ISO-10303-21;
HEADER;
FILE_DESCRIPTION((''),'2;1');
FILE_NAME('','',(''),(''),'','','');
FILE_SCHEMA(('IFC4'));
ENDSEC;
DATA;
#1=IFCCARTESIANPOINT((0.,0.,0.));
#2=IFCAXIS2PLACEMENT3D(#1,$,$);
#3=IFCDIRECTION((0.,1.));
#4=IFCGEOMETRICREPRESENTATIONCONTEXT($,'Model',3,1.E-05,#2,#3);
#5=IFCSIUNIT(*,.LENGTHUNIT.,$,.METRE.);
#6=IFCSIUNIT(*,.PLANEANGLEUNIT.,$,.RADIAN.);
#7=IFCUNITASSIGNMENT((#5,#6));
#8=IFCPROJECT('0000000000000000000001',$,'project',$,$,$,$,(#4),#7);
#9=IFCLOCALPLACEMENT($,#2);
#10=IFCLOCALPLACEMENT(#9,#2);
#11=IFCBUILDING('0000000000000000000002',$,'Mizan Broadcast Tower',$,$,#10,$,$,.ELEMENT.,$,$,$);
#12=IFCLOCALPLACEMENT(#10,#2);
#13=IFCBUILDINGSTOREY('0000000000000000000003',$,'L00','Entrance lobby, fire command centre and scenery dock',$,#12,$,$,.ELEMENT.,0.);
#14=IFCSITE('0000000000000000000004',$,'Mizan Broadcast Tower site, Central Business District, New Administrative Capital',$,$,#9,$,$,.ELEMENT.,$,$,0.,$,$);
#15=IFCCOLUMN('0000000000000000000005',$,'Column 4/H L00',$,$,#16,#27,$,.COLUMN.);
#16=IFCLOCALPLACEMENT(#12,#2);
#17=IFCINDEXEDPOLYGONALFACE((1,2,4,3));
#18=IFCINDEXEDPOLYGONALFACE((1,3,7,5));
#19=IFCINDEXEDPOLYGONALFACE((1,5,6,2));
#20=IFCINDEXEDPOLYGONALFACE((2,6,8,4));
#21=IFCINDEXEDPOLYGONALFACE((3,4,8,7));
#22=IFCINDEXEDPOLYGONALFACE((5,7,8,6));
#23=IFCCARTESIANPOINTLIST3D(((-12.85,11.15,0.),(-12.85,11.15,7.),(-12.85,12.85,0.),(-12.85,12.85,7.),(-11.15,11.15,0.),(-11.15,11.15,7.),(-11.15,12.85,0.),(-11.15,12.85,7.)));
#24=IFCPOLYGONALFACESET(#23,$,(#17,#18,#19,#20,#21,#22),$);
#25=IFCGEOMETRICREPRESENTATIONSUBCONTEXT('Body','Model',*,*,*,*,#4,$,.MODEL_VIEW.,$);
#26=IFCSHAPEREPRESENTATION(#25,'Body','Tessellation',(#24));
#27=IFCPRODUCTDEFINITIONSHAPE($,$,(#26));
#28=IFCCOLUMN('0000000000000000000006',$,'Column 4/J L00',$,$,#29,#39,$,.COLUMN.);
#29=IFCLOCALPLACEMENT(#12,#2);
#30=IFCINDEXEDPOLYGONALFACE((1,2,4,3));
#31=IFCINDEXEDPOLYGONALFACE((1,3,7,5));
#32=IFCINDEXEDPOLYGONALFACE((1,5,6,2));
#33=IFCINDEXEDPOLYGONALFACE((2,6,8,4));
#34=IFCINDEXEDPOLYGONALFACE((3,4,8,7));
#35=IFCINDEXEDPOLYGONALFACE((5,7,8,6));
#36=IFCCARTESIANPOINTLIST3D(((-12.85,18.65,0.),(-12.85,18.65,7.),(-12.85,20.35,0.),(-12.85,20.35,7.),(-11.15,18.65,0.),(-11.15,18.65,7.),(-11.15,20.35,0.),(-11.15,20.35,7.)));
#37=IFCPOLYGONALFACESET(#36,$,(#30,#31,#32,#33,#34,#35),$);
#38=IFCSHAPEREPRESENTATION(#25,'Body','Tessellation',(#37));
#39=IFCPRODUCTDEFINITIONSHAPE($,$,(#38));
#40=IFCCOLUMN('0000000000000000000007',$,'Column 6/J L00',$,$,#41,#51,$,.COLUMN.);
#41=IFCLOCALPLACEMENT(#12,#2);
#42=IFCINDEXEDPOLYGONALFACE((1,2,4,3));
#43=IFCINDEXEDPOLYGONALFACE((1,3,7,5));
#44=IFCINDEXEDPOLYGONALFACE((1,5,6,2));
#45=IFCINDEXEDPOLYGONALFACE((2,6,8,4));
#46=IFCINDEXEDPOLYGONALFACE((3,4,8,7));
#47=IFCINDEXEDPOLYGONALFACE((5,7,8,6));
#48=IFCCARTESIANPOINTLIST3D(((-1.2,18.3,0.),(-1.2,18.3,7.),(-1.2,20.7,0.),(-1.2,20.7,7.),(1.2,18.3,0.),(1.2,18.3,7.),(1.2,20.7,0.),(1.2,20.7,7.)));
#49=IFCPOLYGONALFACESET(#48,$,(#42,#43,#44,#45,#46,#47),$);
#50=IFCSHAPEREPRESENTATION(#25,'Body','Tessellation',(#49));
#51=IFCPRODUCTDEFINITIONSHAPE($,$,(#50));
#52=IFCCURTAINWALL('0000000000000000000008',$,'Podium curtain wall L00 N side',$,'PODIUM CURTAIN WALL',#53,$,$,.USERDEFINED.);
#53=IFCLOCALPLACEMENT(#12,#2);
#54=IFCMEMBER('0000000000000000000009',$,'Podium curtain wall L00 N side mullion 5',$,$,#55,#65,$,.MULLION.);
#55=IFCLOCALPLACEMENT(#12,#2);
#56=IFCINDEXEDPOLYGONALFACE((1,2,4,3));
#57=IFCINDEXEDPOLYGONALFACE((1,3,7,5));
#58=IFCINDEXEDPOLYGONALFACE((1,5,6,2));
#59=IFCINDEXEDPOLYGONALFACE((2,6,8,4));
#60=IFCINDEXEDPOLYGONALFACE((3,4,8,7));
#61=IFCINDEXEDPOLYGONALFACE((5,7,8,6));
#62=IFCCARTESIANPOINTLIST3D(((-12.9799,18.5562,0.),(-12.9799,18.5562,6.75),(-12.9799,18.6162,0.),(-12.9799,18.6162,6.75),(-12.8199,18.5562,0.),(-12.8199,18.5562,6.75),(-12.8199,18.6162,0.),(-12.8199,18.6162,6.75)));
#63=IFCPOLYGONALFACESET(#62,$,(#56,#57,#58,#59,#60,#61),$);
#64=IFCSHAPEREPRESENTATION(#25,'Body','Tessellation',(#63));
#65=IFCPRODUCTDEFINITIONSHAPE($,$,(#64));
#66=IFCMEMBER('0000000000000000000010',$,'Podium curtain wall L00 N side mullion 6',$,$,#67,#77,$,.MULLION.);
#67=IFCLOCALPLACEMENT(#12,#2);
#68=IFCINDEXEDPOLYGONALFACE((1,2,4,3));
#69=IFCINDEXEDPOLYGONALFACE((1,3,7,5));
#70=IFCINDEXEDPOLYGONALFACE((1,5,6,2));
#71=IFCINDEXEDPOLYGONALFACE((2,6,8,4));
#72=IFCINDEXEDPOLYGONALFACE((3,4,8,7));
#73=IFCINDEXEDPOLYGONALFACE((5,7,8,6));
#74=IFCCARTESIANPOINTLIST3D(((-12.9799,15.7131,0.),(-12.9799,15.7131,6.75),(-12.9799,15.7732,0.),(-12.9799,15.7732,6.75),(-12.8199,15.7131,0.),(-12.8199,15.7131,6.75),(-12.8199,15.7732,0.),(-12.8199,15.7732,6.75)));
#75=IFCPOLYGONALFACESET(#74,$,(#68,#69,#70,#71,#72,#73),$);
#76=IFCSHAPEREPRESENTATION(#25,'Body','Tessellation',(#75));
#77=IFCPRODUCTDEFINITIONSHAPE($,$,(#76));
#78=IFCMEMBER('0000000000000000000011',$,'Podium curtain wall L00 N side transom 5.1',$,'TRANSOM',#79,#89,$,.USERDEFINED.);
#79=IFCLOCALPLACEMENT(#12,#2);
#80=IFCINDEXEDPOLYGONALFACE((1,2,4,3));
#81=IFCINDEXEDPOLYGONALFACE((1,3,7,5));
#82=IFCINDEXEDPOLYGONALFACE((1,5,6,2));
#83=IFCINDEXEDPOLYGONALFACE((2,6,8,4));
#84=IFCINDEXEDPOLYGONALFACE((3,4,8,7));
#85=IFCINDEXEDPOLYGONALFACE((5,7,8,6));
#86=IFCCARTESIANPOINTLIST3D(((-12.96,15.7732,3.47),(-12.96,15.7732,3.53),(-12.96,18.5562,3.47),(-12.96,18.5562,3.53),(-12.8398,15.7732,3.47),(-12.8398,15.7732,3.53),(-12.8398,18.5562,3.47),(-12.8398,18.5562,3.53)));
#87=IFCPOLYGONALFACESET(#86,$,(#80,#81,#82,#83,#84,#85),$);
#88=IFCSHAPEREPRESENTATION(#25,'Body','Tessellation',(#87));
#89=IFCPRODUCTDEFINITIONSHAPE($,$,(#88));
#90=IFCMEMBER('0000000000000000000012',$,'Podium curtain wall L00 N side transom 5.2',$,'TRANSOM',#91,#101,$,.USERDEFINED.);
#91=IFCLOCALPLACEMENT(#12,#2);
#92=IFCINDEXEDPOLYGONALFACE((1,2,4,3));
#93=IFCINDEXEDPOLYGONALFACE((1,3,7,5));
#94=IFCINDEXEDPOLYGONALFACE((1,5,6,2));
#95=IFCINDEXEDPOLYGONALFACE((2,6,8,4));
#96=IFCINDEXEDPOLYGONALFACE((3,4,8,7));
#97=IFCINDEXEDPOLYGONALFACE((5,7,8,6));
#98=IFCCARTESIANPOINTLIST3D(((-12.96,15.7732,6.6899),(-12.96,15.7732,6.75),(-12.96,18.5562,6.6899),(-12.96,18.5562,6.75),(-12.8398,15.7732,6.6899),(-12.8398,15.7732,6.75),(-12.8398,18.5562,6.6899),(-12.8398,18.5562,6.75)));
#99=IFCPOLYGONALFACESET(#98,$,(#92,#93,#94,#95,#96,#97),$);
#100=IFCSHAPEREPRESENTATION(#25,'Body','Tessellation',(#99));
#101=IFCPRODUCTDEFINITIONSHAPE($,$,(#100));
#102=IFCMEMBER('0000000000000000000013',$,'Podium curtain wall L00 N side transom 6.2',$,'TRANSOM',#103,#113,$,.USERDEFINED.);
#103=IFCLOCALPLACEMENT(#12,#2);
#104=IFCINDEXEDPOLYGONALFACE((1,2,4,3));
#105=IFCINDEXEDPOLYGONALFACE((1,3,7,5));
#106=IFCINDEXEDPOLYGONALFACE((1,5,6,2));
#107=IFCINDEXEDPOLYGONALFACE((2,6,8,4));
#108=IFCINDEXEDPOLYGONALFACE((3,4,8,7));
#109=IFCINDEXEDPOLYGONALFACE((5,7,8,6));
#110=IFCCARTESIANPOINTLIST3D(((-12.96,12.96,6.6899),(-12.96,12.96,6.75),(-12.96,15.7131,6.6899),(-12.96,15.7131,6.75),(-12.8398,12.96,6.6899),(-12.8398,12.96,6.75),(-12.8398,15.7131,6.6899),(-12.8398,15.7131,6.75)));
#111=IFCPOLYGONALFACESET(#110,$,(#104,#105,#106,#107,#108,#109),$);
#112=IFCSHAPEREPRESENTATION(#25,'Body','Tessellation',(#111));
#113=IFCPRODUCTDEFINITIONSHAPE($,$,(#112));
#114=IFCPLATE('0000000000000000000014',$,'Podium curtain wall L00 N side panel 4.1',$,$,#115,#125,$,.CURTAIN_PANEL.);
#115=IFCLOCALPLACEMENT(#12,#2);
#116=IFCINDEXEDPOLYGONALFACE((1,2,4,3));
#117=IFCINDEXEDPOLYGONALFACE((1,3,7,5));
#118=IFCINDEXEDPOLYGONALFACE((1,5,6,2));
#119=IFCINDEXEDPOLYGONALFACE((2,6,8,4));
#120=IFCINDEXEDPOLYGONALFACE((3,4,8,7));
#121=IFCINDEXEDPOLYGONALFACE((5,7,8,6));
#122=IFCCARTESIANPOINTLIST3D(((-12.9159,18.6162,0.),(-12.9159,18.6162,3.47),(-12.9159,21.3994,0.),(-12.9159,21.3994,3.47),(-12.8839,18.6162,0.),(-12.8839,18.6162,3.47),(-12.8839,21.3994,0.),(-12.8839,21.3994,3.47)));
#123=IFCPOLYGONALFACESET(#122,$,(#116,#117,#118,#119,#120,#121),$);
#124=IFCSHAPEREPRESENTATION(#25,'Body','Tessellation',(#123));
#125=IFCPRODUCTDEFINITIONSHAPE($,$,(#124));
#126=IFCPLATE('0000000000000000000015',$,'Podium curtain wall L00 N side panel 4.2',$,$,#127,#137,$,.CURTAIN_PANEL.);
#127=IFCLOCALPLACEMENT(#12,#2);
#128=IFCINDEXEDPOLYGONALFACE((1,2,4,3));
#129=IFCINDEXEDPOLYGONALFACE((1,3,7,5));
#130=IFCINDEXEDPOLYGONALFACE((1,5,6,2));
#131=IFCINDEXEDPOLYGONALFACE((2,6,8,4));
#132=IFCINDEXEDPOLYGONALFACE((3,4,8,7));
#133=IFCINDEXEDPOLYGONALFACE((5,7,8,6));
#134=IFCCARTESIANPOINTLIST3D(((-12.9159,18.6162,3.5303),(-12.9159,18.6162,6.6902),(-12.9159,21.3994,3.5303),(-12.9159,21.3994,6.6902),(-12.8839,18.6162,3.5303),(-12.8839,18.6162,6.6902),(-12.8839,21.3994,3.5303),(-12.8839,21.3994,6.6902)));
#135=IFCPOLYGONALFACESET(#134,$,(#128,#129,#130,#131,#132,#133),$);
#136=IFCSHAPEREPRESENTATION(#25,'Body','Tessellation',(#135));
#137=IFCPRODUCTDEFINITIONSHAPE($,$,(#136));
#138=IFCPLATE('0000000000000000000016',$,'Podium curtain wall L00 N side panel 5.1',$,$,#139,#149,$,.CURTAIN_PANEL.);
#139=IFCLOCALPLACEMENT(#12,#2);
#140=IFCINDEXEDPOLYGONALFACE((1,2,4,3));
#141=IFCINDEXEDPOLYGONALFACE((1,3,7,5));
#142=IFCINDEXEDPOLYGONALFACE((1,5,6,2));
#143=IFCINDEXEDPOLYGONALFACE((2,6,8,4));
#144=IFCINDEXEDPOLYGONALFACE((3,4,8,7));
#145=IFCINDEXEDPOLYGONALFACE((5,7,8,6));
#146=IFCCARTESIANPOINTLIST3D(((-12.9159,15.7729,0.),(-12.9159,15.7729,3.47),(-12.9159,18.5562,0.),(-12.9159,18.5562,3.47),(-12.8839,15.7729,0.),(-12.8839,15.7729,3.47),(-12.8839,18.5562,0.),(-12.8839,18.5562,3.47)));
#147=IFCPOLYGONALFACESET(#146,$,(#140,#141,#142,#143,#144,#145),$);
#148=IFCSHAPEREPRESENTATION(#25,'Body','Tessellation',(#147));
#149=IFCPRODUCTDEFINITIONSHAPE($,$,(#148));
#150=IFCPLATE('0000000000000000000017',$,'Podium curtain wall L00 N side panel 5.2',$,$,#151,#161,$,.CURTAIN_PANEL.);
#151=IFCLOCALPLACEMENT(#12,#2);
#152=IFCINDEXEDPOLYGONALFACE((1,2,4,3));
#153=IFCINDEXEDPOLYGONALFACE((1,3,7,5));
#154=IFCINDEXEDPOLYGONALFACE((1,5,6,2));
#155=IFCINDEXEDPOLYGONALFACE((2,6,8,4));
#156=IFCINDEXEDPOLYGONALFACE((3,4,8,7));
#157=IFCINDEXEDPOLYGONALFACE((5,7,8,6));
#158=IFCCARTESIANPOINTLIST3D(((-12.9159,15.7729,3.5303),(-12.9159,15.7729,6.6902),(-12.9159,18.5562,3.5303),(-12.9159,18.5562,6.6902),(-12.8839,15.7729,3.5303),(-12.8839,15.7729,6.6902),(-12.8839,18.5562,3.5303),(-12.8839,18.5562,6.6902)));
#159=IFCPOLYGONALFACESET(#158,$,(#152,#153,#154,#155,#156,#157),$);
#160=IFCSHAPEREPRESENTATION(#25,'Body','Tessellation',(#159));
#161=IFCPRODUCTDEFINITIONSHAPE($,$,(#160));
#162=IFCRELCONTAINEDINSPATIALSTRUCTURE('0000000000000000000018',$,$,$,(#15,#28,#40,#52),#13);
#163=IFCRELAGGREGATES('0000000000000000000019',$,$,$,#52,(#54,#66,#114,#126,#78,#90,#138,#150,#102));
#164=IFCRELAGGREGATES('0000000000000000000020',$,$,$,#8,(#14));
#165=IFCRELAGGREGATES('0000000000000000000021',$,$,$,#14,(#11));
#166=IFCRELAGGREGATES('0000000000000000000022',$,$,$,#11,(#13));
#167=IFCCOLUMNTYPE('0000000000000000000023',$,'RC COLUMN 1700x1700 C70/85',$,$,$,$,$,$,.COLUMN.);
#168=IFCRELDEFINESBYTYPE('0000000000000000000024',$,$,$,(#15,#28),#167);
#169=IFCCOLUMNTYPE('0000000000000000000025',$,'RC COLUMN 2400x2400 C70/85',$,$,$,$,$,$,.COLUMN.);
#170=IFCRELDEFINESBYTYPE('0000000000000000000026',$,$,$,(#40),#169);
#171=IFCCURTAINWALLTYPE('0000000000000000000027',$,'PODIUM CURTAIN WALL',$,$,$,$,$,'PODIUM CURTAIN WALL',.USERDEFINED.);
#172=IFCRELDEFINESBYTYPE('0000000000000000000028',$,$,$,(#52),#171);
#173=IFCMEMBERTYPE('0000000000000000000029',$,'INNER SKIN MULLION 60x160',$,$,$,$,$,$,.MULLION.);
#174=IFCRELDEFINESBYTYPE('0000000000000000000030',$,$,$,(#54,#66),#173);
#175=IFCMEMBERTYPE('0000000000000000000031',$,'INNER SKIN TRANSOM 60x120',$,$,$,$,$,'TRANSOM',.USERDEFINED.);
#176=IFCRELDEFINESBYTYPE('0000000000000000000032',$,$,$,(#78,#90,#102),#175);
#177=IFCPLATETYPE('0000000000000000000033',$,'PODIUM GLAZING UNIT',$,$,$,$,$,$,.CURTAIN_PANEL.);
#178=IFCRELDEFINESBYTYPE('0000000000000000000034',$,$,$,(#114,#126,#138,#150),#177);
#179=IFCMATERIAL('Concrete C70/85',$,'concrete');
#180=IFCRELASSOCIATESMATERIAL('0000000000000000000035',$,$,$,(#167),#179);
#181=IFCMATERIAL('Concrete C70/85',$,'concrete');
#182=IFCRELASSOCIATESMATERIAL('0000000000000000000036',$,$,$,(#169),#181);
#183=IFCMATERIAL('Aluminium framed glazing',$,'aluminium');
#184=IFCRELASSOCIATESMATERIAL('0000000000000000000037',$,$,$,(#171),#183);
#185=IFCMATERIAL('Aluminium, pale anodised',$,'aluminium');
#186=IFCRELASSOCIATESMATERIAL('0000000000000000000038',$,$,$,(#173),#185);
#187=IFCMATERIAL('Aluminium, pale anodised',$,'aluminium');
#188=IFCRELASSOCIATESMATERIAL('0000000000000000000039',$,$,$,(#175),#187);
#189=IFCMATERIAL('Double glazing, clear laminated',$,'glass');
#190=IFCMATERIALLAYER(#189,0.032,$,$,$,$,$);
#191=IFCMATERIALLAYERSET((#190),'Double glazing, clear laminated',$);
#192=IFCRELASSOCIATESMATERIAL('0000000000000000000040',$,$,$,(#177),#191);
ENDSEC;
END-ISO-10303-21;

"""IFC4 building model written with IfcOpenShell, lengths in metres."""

from ifc_helpers import new_model, si_unit, direction, frame, origin, origin_2d, place, context, subcontext, project, spatial, rectangle, extrude, material, layer, layer_set, material_profile, profile_set, type_object, element, aggregate, save


model = new_model("IFC4")

# Units and contexts
model_context = context("Model", 3, precision=1e-05, world=origin(), true_north=direction((0.0, 1.0)))
body_context = subcontext(model_context, "Body", "Model", "MODEL_VIEW")
ifc_project = project(units=[si_unit("LENGTHUNIT", "METRE"), si_unit("PLANEANGLEUNIT", "RADIAN")], contexts=[model_context])

# Site, building, storey
site_placement = place(None, origin())
site = spatial("IfcSite", under=ifc_project, at=site_placement, Name="Mizan Broadcast Tower site, Central Business District, New Administrative Capital", CompositionType="ELEMENT", RefElevation=0.0)
building_placement = place(site_placement, origin())
building = spatial("IfcBuilding", under=site, at=building_placement, Name="Mizan Broadcast Tower", CompositionType="ELEMENT")
storey_placement = place(building_placement, origin())
storey = spatial("IfcBuildingStorey", under=building, at=storey_placement, Name="L00", Description="Entrance lobby, fire command centre and scenery dock", CompositionType="ELEMENT", Elevation=0.0)

# Columns
ifc_material_1 = material(Name="Concrete C70/85", Category="concrete")
ifc_material_profile_1 = material_profile(ifc_material_1, rectangle(XDim=1.7, YDim=1.7, at=origin_2d()), Name="RC 1700x1700")
ifc_profile_set_1 = profile_set([ifc_material_profile_1], Name="Concrete C70/85")
column_type_1 = type_object("IfcColumnType", Name="RC COLUMN 1700x1700 C70/85", PredefinedType="COLUMN", material=ifc_profile_set_1)
for number, where, z_axis, x_axis, name in (
    (1, (-12.0, 12.0, 0.0), (0.0, 0.0, 1.0), (1.0, 0.0, 0.0), "Column 4/H L00"),
    (2, (-12.0, 19.5, 0.0), (0.0, 0.0, 1.0), (1.0, 0.0, 0.0), "Column 4/J L00"),
):
    element("IfcColumn", number, at=place(storey_placement, frame(where, z_axis=z_axis, x_axis=x_axis)), inside=storey, type_object=column_type_1, Name=name, PredefinedType="COLUMN", context=body_context, shape_type="SweptSolid", body=[
        extrude(rectangle(XDim=1.7, YDim=1.7, at=origin_2d()), origin(), (0.0, 0.0, 1.0), 7.0),
    ])
ifc_material_2 = material(Name="Concrete C70/85", Category="concrete")
ifc_material_profile_2 = material_profile(ifc_material_2, rectangle(XDim=2.3999, YDim=2.3999, at=origin_2d()), Name="RC 2400x2400")
ifc_profile_set_2 = profile_set([ifc_material_profile_2], Name="Concrete C70/85")
column_type_2 = type_object("IfcColumnType", Name="RC COLUMN 2400x2400 C70/85", PredefinedType="COLUMN", material=ifc_profile_set_2)
column_placement = place(storey_placement, frame((0.0, 19.5, 0.0), z_axis=(0.0, 0.0, 1.0), x_axis=(1.0, 0.0, 0.0)))
element("IfcColumn", 3, at=column_placement, inside=storey, type_object=column_type_2, Name="Column 6/J L00", PredefinedType="COLUMN", context=body_context, shape_type="SweptSolid", body=[
    extrude(rectangle(XDim=2.3999, YDim=2.3999, at=origin_2d()), origin(), (0.0, 0.0, 1.0), 7.0),
])

# Curtain wall, members, plates
ifc_material_3 = material(Name="Aluminium framed glazing", Category="aluminium")
curtain_wall_type = type_object("IfcCurtainWallType", Name="PODIUM CURTAIN WALL", ElementType="PODIUM CURTAIN WALL", PredefinedType="USERDEFINED", material=ifc_material_3)
curtain_wall_placement = place(storey_placement, origin())
curtain_wall = element("IfcCurtainWall", 4, at=curtain_wall_placement, inside=storey, type_object=curtain_wall_type, Name="Podium curtain wall L00 N side", ObjectType="PODIUM CURTAIN WALL", PredefinedType="USERDEFINED")
ifc_material_4 = material(Name="Aluminium, pale anodised", Category="aluminium")
ifc_material_profile_3 = material_profile(ifc_material_4, rectangle(XDim=0.1599, YDim=0.0601, at=origin_2d()), Name="MULLION 160x60")
ifc_profile_set_3 = profile_set([ifc_material_profile_3], Name="Aluminium, pale anodised")
member_type_1 = type_object("IfcMemberType", Name="INNER SKIN MULLION 60x160", PredefinedType="MULLION", material=ifc_profile_set_3)
member_1_placement = place(storey_placement, frame((-12.8999, 18.5862, 0.0), z_axis=(0.0, 0.0, 1.0), x_axis=(1.0, 0.0, 0.0)))
member_1 = element("IfcMember", 5, at=member_1_placement, type_object=member_type_1, Name="Podium curtain wall L00 N side mullion 5", PredefinedType="MULLION", context=body_context, shape_type="SweptSolid", body=[
    extrude(rectangle(XDim=0.1599, YDim=0.0601, at=origin_2d()), origin(), (0.0, 0.0, 1.0), 6.75),
])
member_2_placement = place(storey_placement, frame((-12.8999, 15.7432, 0.0), z_axis=(0.0, 0.0, 1.0), x_axis=(1.0, 0.0, 0.0)))
member_2 = element("IfcMember", 6, at=member_2_placement, type_object=member_type_1, Name="Podium curtain wall L00 N side mullion 6", PredefinedType="MULLION", context=body_context, shape_type="SweptSolid", body=[
    extrude(rectangle(XDim=0.1599, YDim=0.0601, at=origin_2d()), origin(), (0.0, 0.0, 1.0), 6.75),
])
ifc_material_5 = material(Name="Aluminium, pale anodised", Category="aluminium")
ifc_material_profile_4 = material_profile(ifc_material_5, rectangle(XDim=0.1201, YDim=0.0601, at=origin_2d()), Name="TRANSOM 120x60")
ifc_profile_set_4 = profile_set([ifc_material_profile_4], Name="Aluminium, pale anodised")
member_type_2 = type_object("IfcMemberType", Name="INNER SKIN TRANSOM 60x120", ElementType="TRANSOM", PredefinedType="USERDEFINED", material=ifc_profile_set_4)
member_3_placement = place(storey_placement, frame((-12.8999, 18.5562, 3.5), z_axis=(0.0, -1.0, 0.0), x_axis=(1.0, 0.0, 0.0)))
member_3 = element("IfcMember", 7, at=member_3_placement, type_object=member_type_2, Name="Podium curtain wall L00 N side transom 5.1", ObjectType="TRANSOM", PredefinedType="USERDEFINED", context=body_context, shape_type="SweptSolid", body=[
    extrude(rectangle(XDim=0.1201, YDim=0.0601, at=origin_2d()), origin(), (0.0, 0.0, 1.0), 2.783),
])
member_4_placement = place(storey_placement, frame((-12.8999, 18.5562, 6.72), z_axis=(0.0, -1.0, 0.0), x_axis=(1.0, 0.0, 0.0)))
member_4 = element("IfcMember", 8, at=member_4_placement, type_object=member_type_2, Name="Podium curtain wall L00 N side transom 5.2", ObjectType="TRANSOM", PredefinedType="USERDEFINED", context=body_context, shape_type="SweptSolid", body=[
    extrude(rectangle(XDim=0.1201, YDim=0.0601, at=origin_2d()), origin(), (0.0, 0.0, 1.0), 2.783),
])
member_5_placement = place(storey_placement, frame((-12.8999, 15.7131, 6.72), z_axis=(0.0, -1.0, 0.0), x_axis=(1.0, 0.0, 0.0)))
member_5 = element("IfcMember", 9, at=member_5_placement, type_object=member_type_2, Name="Podium curtain wall L00 N side transom 6.2", ObjectType="TRANSOM", PredefinedType="USERDEFINED", context=body_context, shape_type="SweptSolid", body=[
    extrude(rectangle(XDim=0.1201, YDim=0.0601, at=origin_2d()), origin(), (0.0, 0.0, 1.0), 2.7532),
])
ifc_material_6 = material(Name="Double glazing, clear laminated", Category="glass")
ifc_layer_1 = layer(ifc_material_6, 0.032)
ifc_layer_set_1 = layer_set([ifc_layer_1], Name="Double glazing, clear laminated")
plate_type = type_object("IfcPlateType", Name="PODIUM GLAZING UNIT", PredefinedType="CURTAIN_PANEL", material=ifc_layer_set_1)
plate_1_placement = place(storey_placement, frame((-12.8999, 20.0078, 0.0), z_axis=(0.0, 0.0, 1.0), x_axis=(0.0, -1.0, 0.0)))
plate_1 = element("IfcPlate", 10, at=plate_1_placement, type_object=plate_type, Name="Podium curtain wall L00 N side panel 4.1", PredefinedType="CURTAIN_PANEL", context=body_context, shape_type="SweptSolid", body=[
    extrude(rectangle(XDim=2.7832, YDim=0.032, at=origin_2d()), origin(), (0.0, 0.0, 1.0), 3.47),
])
plate_2_placement = place(storey_placement, frame((-12.8999, 20.0078, 3.5303), z_axis=(0.0, 0.0, 1.0), x_axis=(0.0, -1.0, 0.0)))
plate_2 = element("IfcPlate", 11, at=plate_2_placement, type_object=plate_type, Name="Podium curtain wall L00 N side panel 4.2", PredefinedType="CURTAIN_PANEL", context=body_context, shape_type="SweptSolid", body=[
    extrude(rectangle(XDim=2.7832, YDim=0.032, at=origin_2d()), origin(), (0.0, 0.0, 1.0), 3.1599),
])
plate_3_placement = place(storey_placement, frame((-12.8999, 17.1646, 0.0), z_axis=(0.0, 0.0, 1.0), x_axis=(0.0, -1.0, 0.0)))
plate_3 = element("IfcPlate", 12, at=plate_3_placement, type_object=plate_type, Name="Podium curtain wall L00 N side panel 5.1", PredefinedType="CURTAIN_PANEL", context=body_context, shape_type="SweptSolid", body=[
    extrude(rectangle(XDim=2.7832, YDim=0.032, at=origin_2d()), origin(), (0.0, 0.0, 1.0), 3.47),
])
plate_4_placement = place(storey_placement, frame((-12.8999, 17.1646, 3.5303), z_axis=(0.0, 0.0, 1.0), x_axis=(0.0, -1.0, 0.0)))
plate_4 = element("IfcPlate", 13, at=plate_4_placement, type_object=plate_type, Name="Podium curtain wall L00 N side panel 5.2", PredefinedType="CURTAIN_PANEL", context=body_context, shape_type="SweptSolid", body=[
    extrude(rectangle(XDim=2.7832, YDim=0.032, at=origin_2d()), origin(), (0.0, 0.0, 1.0), 3.1599),
])
aggregate(curtain_wall, [member_1, member_2, plate_1, plate_2, member_3, member_4, plate_3, plate_4, member_5])

save(model, "model.ifc")
